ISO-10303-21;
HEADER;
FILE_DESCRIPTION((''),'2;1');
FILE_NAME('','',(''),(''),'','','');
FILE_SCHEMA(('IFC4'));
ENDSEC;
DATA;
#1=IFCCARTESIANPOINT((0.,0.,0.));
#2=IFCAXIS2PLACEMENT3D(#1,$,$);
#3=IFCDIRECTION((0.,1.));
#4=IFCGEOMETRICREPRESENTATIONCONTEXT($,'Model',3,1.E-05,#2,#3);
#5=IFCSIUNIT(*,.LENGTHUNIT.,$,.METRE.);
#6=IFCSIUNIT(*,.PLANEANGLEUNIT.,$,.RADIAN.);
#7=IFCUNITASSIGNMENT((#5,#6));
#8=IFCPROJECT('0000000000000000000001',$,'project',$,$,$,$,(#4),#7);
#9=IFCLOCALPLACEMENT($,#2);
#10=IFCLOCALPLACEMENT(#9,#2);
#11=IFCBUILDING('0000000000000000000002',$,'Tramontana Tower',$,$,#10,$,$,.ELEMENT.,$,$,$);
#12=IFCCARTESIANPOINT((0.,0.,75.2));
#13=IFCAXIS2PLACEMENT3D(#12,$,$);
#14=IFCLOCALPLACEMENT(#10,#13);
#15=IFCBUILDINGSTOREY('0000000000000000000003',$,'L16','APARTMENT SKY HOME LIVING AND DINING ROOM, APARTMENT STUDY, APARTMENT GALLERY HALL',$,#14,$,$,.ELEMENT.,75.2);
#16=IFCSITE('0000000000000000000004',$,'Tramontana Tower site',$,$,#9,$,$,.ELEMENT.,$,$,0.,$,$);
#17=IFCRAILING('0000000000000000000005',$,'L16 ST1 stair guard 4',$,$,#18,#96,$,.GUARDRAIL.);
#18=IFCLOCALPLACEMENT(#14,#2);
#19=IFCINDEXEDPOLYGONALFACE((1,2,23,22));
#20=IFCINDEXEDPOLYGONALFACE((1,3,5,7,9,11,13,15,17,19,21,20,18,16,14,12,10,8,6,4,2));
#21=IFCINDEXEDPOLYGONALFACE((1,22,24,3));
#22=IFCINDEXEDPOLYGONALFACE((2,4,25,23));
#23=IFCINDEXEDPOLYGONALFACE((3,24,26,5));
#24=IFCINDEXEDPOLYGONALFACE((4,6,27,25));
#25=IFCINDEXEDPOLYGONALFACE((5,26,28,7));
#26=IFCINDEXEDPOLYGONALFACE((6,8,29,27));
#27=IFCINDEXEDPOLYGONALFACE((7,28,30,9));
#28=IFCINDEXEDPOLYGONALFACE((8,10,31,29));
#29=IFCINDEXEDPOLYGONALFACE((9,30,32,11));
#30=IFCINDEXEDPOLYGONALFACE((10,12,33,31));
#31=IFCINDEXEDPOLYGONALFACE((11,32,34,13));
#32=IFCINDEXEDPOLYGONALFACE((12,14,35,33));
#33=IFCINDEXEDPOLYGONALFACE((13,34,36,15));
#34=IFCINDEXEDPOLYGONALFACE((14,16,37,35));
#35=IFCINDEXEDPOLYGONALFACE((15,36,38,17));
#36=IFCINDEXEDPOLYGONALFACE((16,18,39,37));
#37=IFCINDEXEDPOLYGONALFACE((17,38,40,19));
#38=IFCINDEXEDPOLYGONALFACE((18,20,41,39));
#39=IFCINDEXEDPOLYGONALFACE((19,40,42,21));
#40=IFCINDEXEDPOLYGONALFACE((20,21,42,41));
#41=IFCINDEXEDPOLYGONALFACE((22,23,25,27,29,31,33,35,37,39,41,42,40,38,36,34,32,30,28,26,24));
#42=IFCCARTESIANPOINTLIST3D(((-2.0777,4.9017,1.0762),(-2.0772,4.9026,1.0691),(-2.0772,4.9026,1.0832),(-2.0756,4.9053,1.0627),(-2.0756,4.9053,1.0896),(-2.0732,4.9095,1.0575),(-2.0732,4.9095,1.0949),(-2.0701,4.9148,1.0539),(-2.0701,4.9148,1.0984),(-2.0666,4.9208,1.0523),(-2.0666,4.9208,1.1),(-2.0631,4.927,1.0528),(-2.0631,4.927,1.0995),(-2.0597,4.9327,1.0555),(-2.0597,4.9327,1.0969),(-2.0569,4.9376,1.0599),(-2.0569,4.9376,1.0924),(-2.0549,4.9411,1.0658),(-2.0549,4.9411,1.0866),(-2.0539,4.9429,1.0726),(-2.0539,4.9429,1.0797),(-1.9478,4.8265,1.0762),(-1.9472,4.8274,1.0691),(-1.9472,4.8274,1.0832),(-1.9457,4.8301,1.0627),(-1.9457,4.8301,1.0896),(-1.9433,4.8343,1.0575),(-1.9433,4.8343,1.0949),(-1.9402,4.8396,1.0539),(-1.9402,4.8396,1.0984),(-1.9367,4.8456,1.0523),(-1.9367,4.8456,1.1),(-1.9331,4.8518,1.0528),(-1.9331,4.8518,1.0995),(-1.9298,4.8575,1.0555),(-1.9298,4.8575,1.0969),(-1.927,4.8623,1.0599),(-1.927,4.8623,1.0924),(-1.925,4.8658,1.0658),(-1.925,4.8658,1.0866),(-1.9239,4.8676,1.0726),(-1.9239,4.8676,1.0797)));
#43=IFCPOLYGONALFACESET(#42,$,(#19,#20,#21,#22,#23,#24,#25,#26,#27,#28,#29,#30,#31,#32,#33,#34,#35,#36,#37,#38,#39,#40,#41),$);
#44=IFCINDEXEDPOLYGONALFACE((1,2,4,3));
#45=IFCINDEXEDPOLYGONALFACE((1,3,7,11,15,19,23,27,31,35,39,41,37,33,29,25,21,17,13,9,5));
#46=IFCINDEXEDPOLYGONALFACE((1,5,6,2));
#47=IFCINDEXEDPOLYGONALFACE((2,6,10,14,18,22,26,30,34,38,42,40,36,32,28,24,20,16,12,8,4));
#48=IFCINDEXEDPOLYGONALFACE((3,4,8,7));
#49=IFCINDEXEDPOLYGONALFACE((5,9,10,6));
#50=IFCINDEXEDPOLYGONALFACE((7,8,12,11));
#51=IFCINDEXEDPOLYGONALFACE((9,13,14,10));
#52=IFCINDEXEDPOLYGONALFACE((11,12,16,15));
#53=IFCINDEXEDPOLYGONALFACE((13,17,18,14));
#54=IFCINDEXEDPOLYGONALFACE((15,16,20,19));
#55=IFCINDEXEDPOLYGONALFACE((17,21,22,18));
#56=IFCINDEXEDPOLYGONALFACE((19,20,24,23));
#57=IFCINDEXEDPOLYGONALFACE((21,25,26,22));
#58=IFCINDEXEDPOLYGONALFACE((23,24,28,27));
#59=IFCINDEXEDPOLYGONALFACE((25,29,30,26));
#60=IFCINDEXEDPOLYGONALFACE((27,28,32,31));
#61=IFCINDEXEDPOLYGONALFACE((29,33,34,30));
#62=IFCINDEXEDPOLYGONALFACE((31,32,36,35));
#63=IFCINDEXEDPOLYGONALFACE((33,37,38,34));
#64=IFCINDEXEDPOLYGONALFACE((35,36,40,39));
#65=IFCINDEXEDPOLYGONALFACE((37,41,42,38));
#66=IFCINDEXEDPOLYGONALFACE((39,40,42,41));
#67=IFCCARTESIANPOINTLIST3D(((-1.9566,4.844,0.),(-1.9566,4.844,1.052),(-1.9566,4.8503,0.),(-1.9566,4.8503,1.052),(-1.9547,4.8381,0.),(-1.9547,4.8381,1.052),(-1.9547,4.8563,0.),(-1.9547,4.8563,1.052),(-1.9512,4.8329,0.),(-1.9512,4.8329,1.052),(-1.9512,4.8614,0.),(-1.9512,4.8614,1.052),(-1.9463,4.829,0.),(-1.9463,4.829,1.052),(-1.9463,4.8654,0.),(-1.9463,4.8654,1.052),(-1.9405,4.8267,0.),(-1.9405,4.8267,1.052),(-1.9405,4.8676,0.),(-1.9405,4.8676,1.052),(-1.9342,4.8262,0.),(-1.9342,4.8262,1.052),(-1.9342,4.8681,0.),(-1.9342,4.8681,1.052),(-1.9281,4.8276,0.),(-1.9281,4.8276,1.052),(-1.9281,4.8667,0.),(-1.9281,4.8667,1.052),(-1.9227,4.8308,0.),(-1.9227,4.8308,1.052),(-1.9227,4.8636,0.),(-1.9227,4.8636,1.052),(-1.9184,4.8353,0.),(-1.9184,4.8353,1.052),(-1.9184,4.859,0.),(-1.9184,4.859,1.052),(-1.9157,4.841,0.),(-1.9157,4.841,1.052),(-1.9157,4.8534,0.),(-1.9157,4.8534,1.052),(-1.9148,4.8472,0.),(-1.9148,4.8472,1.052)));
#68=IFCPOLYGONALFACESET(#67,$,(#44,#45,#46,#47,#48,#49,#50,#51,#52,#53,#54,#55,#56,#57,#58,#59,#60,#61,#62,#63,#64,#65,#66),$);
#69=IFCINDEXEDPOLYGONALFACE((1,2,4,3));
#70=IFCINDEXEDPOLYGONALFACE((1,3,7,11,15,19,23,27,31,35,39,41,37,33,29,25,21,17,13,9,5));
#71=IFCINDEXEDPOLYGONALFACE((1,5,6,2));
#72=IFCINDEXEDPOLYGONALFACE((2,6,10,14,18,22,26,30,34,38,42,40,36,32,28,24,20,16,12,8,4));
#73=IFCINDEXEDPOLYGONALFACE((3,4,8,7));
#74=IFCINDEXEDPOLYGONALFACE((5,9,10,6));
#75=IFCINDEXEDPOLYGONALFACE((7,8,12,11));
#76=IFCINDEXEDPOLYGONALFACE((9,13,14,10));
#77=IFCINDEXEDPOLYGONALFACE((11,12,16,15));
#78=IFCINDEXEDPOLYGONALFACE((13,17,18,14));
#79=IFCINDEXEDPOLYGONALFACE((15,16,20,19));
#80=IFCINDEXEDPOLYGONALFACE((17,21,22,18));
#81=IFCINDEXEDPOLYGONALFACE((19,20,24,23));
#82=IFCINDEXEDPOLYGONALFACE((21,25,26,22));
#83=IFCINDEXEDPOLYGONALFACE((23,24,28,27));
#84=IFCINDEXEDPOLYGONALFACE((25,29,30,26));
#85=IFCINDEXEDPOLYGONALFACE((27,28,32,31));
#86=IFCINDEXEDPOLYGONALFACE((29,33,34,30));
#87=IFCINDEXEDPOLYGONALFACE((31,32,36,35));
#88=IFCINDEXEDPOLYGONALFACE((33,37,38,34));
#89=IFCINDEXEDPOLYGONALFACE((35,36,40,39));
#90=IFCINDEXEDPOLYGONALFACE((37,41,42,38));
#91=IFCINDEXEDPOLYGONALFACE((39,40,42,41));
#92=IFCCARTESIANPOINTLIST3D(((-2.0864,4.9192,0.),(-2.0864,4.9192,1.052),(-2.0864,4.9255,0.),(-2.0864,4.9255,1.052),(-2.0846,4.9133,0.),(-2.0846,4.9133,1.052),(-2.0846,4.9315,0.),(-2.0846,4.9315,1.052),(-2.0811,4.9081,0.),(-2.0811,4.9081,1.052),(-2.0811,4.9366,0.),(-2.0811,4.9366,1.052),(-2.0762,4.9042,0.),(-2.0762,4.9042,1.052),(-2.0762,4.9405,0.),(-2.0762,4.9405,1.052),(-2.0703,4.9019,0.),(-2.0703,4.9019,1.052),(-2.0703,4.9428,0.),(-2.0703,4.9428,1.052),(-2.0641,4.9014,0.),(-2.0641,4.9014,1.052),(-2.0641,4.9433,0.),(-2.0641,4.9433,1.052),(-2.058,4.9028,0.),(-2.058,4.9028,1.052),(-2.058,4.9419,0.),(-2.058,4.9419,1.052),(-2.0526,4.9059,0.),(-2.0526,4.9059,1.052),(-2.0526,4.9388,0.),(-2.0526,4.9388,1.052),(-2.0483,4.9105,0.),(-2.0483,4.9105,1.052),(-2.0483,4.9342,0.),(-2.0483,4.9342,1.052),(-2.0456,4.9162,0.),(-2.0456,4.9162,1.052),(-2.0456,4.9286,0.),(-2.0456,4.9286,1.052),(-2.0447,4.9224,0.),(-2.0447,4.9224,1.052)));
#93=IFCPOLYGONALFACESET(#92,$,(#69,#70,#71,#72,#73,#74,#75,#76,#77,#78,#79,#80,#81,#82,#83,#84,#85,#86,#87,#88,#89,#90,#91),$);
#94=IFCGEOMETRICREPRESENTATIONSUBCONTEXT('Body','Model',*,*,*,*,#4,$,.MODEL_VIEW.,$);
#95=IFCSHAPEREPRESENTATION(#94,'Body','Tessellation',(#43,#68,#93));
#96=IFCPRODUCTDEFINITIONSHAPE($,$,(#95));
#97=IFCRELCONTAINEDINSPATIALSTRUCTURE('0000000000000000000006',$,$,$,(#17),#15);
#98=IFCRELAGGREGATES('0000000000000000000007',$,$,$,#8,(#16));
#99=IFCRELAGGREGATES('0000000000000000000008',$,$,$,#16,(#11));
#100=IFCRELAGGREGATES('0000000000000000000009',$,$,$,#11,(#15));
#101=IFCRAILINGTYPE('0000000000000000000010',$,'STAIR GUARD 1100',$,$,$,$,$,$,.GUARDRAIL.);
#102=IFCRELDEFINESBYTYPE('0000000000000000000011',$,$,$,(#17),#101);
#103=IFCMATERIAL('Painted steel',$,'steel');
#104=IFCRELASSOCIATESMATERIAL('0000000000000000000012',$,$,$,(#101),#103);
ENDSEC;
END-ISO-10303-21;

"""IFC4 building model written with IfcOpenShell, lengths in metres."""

from ifc_helpers import new_model, si_unit, direction, frame, origin, origin_2d, place, context, subcontext, project, spatial, circle, extrude, material, type_object, element, save


model = new_model("IFC4")

# Units and contexts
model_context = context("Model", 3, precision=1e-05, world=origin(), true_north=direction((0.0, 1.0)))
body_context = subcontext(model_context, "Body", "Model", "MODEL_VIEW")
ifc_project = project(units=[si_unit("LENGTHUNIT", "METRE"), si_unit("PLANEANGLEUNIT", "RADIAN")], contexts=[model_context])

# Site, building, storey
site_placement = place(None, origin())
site = spatial("IfcSite", under=ifc_project, at=site_placement, Name="Tramontana Tower site", CompositionType="ELEMENT", RefElevation=0.0)
building_placement = place(site_placement, origin())
building = spatial("IfcBuilding", under=site, at=building_placement, Name="Tramontana Tower", CompositionType="ELEMENT")
storey_placement = place(building_placement, frame((0.0, 0.0, 75.2)))
storey = spatial("IfcBuildingStorey", under=building, at=storey_placement, Name="L16", Description="APARTMENT SKY HOME LIVING AND DINING ROOM, APARTMENT STUDY, APARTMENT GALLERY HALL", CompositionType="ELEMENT", Elevation=75.2)

# Railing
ifc_material_1 = material(Name="Painted steel", Category="steel")
railing_type_1 = type_object("IfcRailingType", Name="STAIR GUARD 1100", PredefinedType="GUARDRAIL", material=ifc_material_1)
railing_1_placement = place(storey_placement, frame((-1.9358, 4.8472, 0.0)))
element("IfcRailing", 1, at=railing_1_placement, inside=storey, type_object=railing_type_1, Name="L16 ST1 stair guard 4", PredefinedType="GUARDRAIL", context=body_context, shape_type="SweptSolid", body=[
    extrude(circle(Radius=0.0239, at=origin_2d()), frame((0.0, 0.0, 1.0762), z_axis=(-0.865426, 0.501036, 0.0), x_axis=(-0.501036, -0.865426, 0.0)), (0.0, 0.0, 1.0), 0.1501),
    extrude(circle(Radius=0.021, at=origin_2d()), origin(), (0.0, 0.0, 1.0), 1.052),
    extrude(circle(Radius=0.021, at=origin_2d()), frame((-0.1299, 0.0752, 0.0)), (0.0, 0.0, 1.0), 1.052),
])

save(model, "model.ifc")
